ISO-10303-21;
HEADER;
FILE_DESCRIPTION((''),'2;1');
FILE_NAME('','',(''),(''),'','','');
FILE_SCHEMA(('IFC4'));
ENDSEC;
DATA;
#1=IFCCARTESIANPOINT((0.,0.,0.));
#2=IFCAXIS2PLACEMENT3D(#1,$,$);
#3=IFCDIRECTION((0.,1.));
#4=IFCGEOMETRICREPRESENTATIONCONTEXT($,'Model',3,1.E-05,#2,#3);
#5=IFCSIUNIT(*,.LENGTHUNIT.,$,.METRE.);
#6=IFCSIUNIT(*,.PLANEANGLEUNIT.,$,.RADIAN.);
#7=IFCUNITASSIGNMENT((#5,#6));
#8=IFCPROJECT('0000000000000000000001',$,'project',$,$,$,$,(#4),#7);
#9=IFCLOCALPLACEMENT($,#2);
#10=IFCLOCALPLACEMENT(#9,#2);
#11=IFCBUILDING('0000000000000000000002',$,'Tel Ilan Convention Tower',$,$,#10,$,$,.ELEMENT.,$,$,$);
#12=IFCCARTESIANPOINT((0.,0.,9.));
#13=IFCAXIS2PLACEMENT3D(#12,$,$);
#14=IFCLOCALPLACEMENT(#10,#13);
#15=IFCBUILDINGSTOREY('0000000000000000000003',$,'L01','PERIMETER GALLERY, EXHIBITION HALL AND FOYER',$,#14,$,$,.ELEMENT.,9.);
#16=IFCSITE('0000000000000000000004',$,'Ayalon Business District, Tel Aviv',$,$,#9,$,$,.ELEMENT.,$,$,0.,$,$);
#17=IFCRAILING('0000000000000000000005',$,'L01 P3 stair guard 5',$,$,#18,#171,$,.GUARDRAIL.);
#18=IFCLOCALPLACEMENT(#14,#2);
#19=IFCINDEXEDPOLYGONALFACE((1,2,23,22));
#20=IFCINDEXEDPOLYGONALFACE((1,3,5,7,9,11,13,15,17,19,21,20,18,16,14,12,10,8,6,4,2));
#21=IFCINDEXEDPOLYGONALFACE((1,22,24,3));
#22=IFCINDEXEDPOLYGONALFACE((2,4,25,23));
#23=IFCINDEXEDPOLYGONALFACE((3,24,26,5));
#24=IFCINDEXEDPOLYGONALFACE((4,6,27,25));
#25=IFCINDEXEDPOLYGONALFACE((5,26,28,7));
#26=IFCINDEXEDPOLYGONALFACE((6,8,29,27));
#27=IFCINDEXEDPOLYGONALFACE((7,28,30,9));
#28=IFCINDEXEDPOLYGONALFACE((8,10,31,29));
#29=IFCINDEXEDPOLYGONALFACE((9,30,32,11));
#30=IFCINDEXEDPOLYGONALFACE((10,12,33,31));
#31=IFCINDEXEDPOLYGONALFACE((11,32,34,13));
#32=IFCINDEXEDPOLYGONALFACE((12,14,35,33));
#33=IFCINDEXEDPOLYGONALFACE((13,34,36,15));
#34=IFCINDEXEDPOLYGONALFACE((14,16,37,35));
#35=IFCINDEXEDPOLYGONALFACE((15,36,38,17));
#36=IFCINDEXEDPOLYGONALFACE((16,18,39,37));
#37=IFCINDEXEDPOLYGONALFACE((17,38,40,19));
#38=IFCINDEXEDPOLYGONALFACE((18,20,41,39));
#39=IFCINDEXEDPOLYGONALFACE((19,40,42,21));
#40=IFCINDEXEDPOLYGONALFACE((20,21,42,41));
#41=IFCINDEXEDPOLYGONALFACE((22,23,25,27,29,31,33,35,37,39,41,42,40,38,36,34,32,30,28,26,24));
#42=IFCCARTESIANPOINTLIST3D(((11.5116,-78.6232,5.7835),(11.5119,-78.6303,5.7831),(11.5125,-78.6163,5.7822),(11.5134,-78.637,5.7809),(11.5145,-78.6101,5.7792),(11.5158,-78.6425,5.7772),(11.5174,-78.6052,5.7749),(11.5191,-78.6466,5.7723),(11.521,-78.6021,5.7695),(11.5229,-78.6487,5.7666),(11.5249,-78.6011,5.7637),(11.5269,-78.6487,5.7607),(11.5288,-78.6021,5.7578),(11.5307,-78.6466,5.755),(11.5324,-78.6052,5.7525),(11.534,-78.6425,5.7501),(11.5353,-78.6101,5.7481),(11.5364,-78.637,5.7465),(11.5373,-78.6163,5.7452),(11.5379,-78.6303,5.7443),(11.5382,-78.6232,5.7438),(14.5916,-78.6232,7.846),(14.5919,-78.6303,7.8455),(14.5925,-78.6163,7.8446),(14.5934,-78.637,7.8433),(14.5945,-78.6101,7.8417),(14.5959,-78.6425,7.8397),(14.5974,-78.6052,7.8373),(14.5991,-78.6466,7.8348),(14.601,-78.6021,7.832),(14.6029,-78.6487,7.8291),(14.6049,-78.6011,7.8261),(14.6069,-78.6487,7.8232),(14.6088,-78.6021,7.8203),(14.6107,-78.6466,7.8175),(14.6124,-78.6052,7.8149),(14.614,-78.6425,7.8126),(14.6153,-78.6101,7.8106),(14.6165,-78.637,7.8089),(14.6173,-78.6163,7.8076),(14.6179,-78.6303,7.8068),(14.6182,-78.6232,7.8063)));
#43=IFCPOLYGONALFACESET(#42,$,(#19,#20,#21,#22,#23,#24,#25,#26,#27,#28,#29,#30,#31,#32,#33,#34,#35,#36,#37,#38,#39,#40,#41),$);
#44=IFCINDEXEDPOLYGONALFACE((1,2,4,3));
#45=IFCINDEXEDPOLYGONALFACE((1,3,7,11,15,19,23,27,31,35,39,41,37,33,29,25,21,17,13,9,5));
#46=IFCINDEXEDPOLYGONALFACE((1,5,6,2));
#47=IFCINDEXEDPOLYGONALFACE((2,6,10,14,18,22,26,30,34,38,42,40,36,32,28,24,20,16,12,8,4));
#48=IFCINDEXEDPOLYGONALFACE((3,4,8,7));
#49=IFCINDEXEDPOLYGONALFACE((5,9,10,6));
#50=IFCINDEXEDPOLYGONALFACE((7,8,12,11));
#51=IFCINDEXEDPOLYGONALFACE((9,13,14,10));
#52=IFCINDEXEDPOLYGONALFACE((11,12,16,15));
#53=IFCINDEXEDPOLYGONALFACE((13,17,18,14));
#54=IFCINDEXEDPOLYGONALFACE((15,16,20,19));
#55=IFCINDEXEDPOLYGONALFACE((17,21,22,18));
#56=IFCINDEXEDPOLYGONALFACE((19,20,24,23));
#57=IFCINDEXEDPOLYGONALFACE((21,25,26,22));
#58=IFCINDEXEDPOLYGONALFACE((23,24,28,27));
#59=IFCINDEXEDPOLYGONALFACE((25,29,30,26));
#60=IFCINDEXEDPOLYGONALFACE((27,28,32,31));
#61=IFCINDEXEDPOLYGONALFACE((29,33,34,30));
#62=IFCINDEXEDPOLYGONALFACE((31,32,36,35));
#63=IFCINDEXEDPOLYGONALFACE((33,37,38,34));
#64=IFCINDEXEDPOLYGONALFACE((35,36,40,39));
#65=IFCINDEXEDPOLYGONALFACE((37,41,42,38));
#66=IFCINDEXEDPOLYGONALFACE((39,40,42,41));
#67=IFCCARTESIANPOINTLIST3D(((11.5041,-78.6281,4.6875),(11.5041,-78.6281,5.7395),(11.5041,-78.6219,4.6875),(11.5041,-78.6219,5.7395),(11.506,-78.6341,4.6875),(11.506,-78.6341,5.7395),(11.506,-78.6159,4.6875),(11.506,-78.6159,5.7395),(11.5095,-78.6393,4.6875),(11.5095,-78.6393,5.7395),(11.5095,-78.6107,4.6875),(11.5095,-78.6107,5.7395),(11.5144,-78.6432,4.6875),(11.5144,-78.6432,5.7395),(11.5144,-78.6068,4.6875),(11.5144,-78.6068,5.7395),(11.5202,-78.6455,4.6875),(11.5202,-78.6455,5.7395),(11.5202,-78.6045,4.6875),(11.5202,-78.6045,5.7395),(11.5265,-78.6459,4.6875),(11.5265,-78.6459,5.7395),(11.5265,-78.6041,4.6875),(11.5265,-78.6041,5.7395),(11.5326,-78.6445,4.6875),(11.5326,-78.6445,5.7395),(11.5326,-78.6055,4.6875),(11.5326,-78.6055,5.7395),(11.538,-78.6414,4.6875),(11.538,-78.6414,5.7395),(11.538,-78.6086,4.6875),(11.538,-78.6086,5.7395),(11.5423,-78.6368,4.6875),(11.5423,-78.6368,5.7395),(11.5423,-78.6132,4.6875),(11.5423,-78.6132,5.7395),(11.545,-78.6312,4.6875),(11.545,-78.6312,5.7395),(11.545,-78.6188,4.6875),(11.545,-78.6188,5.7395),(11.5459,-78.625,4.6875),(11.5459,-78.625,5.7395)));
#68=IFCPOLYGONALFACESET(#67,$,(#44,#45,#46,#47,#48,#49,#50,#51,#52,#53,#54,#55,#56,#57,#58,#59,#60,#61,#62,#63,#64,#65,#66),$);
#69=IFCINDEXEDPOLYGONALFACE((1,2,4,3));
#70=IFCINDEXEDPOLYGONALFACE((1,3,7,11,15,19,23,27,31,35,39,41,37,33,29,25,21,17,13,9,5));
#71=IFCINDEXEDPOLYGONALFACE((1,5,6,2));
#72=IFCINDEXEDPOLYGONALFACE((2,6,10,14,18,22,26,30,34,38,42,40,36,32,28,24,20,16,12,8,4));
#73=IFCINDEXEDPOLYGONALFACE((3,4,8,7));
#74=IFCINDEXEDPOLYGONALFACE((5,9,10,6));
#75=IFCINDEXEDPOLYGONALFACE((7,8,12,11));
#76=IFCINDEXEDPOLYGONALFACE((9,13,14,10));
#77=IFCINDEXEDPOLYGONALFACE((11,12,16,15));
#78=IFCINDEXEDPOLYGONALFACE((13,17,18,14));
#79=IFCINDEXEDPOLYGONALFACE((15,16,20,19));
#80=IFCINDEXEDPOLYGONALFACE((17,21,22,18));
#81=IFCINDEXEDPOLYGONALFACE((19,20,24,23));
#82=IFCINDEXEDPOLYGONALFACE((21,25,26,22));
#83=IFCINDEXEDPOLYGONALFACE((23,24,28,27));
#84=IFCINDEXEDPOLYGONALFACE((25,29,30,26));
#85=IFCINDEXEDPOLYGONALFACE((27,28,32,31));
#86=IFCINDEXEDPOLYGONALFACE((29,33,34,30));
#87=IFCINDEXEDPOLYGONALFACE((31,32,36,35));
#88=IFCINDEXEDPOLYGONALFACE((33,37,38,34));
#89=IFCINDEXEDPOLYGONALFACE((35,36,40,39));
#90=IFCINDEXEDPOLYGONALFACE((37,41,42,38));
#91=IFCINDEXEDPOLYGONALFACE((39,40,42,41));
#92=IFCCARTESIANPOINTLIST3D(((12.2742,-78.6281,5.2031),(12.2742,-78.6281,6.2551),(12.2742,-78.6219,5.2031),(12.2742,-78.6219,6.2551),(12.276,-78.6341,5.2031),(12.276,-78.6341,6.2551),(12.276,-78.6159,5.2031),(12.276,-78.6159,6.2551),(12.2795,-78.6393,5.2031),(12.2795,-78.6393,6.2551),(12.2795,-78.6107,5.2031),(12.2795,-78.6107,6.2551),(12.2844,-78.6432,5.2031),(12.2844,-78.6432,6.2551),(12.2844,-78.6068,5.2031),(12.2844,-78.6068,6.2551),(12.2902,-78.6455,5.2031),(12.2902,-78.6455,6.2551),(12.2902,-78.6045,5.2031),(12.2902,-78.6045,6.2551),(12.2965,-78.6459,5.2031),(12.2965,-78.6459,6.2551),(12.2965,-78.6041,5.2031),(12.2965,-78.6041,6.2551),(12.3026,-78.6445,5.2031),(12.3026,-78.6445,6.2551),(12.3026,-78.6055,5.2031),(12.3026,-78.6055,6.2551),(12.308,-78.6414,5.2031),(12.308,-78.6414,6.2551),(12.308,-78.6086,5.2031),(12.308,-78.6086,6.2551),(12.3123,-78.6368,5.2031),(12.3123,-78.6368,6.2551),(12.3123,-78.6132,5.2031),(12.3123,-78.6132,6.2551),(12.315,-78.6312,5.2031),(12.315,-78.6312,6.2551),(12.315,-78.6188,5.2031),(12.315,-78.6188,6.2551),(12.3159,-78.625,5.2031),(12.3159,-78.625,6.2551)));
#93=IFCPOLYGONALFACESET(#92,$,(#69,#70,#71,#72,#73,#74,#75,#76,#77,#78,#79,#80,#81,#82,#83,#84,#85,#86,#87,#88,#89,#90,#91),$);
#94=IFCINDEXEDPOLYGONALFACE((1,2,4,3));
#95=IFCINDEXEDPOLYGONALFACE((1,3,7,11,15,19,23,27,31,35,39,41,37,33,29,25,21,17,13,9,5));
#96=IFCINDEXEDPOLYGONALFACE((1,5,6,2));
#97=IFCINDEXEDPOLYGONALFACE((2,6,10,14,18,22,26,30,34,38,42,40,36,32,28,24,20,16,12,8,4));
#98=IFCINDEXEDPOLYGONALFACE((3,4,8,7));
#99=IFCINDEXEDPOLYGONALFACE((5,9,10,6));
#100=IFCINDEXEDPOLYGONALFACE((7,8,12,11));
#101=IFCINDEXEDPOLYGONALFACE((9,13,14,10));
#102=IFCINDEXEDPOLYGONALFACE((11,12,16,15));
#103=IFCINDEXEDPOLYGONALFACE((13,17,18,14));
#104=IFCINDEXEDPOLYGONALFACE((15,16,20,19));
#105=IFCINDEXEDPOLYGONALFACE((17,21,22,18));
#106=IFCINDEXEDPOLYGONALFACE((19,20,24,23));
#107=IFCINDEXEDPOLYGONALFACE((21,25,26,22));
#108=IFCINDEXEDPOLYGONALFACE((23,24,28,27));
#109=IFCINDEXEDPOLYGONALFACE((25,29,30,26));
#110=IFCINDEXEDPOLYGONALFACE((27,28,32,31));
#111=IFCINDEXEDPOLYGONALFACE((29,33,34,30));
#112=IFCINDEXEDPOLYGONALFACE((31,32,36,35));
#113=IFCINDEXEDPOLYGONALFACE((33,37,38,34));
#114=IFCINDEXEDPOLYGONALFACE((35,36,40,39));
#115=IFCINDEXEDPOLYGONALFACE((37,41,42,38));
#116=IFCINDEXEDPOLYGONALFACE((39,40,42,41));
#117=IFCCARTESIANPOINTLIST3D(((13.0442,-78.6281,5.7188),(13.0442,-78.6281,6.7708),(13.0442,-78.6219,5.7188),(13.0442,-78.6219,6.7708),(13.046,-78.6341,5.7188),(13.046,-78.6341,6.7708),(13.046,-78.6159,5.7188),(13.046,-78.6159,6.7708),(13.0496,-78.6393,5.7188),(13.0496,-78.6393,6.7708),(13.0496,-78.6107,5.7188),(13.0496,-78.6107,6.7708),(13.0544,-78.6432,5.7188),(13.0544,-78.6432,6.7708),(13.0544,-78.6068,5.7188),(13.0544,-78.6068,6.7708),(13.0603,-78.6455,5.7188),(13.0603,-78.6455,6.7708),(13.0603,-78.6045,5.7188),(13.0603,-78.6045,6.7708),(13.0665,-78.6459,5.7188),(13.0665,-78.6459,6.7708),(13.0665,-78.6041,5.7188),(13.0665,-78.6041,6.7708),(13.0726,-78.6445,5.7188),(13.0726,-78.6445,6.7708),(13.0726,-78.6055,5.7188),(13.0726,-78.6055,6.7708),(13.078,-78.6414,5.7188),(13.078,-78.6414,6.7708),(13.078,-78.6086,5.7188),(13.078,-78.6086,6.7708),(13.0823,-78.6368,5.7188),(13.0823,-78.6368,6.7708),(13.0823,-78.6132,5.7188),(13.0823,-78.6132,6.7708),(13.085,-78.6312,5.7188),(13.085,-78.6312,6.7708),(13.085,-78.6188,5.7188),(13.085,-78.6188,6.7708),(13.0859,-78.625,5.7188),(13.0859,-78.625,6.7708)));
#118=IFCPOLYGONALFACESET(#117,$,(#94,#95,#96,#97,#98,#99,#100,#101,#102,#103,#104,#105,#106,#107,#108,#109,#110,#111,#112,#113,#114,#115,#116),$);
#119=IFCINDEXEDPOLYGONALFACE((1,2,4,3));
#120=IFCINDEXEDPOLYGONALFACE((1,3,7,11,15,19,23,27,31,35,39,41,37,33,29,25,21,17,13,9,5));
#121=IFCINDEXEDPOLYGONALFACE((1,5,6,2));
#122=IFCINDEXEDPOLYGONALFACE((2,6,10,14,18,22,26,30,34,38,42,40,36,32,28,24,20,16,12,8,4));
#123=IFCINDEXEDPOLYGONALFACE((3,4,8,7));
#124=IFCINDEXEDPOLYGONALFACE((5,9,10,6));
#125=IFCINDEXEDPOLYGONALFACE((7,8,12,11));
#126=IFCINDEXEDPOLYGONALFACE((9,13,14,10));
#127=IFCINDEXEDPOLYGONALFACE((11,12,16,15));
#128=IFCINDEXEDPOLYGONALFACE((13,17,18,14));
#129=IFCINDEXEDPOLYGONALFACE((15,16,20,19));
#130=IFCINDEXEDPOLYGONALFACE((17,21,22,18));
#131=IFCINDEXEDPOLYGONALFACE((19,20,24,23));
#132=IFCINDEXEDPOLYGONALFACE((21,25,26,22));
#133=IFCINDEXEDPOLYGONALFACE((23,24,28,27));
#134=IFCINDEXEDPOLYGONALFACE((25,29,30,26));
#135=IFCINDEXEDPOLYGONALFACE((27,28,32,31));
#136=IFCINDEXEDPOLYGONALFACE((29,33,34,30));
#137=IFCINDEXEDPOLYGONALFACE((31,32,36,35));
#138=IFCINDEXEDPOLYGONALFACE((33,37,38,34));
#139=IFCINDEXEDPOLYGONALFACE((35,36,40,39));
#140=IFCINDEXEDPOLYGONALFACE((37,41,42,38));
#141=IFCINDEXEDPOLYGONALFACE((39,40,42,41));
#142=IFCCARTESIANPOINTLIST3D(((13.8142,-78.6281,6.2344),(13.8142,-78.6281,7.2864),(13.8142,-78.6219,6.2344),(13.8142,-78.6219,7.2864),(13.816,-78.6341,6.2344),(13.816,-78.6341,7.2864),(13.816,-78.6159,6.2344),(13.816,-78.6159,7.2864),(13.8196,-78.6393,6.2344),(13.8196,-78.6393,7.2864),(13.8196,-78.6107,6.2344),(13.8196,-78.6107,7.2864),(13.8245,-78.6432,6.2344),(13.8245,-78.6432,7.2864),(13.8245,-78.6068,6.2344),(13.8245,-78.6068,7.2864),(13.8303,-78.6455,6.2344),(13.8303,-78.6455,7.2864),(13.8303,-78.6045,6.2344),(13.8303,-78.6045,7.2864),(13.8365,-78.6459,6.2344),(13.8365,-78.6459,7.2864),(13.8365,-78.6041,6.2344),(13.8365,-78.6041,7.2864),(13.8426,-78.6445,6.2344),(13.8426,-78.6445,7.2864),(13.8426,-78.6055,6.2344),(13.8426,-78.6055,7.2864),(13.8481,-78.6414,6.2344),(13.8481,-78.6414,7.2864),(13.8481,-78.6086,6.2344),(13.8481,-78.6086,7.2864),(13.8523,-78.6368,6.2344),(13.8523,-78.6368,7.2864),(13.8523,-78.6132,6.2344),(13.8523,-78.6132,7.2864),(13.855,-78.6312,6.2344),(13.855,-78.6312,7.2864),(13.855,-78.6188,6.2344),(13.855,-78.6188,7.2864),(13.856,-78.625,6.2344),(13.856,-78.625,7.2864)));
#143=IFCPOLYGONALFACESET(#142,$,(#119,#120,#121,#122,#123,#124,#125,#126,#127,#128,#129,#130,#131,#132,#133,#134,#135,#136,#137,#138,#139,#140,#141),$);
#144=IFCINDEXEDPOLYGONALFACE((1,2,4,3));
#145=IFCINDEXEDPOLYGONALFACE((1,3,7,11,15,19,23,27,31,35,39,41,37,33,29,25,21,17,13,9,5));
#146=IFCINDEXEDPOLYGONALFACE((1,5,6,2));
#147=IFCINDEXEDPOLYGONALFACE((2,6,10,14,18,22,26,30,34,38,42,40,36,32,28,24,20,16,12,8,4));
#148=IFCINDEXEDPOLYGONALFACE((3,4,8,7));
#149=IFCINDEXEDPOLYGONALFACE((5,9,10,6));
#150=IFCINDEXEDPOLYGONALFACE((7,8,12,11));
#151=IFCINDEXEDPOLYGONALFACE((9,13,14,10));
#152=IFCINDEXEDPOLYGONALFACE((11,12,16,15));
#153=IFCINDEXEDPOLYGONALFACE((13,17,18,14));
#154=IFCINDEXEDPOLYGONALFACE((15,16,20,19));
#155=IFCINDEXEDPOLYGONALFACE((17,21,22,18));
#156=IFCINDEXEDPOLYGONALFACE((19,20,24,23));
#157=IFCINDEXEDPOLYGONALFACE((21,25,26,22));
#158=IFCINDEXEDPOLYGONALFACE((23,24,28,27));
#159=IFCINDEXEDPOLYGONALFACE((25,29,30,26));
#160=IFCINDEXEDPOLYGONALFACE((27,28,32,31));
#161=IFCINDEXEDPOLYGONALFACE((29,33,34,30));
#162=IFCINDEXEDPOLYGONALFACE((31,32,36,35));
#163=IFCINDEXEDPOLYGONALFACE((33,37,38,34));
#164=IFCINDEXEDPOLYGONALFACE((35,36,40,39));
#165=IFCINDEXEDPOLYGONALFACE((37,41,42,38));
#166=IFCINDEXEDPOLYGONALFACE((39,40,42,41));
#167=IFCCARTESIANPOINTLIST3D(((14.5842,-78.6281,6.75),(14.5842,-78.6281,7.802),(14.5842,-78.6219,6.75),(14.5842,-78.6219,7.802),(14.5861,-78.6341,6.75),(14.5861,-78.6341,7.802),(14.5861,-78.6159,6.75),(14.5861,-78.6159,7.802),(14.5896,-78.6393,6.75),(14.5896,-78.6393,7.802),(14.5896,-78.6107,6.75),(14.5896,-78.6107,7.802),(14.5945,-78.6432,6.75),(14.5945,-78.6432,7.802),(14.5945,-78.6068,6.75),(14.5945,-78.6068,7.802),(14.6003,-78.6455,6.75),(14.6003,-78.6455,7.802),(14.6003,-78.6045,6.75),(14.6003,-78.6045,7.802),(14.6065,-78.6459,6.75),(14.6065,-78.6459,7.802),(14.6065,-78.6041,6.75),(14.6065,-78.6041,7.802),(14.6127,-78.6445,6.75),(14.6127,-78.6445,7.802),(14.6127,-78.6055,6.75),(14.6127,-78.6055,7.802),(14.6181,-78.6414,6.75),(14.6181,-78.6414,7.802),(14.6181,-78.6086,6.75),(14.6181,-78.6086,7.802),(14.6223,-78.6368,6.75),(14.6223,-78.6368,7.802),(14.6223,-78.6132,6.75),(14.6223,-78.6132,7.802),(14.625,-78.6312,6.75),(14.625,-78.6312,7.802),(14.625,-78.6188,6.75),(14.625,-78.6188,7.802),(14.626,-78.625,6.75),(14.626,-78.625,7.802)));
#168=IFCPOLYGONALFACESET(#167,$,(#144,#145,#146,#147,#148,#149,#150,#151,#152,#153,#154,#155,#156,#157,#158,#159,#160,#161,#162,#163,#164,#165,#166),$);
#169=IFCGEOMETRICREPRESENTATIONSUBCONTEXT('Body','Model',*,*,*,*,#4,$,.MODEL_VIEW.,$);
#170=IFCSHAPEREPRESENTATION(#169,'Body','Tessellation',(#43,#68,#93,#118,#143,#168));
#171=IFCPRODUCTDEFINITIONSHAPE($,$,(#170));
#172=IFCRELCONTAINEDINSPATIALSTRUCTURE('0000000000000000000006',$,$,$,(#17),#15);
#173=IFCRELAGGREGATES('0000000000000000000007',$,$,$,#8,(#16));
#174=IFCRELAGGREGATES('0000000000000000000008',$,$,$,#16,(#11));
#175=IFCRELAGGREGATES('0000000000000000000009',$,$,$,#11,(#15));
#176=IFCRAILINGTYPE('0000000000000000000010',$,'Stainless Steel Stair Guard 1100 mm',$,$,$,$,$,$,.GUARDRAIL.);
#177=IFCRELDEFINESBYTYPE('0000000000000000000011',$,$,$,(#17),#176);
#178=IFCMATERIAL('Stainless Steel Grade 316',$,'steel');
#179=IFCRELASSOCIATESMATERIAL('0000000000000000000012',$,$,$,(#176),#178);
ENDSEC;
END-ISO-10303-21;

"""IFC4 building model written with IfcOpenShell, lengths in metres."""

from ifc_helpers import new_model, si_unit, direction, frame, origin, origin_2d, place, context, subcontext, project, spatial, circle, extrude, material, type_object, element, save


model = new_model("IFC4")

# Units and contexts
model_context = context("Model", 3, precision=1e-05, world=origin(), true_north=direction((0.0, 1.0)))
body_context = subcontext(model_context, "Body", "Model", "MODEL_VIEW")
ifc_project = project(units=[si_unit("LENGTHUNIT", "METRE"), si_unit("PLANEANGLEUNIT", "RADIAN")], contexts=[model_context])

# Site, building, storey
site_placement = place(None, origin())
site = spatial("IfcSite", under=ifc_project, at=site_placement, Name="Ayalon Business District, Tel Aviv", CompositionType="ELEMENT", RefElevation=0.0)
building_placement = place(site_placement, origin())
building = spatial("IfcBuilding", under=site, at=building_placement, Name="Tel Ilan Convention Tower", CompositionType="ELEMENT")
storey_placement = place(building_placement, frame((0.0, 0.0, 9.0)))
storey = spatial("IfcBuildingStorey", under=building, at=storey_placement, Name="L01", Description="PERIMETER GALLERY, EXHIBITION HALL AND FOYER", CompositionType="ELEMENT", Elevation=9.0)

# Railing
ifc_material_1 = material(Name="Stainless Steel Grade 316", Category="steel")
railing_type_1 = type_object("IfcRailingType", Name="Stainless Steel Stair Guard 1100 mm", PredefinedType="GUARDRAIL", material=ifc_material_1)
railing_1_placement = place(storey_placement, frame((11.5249, -78.625, 4.6875)))
element("IfcRailing", 1, at=railing_1_placement, inside=storey, type_object=railing_type_1, Name="L01 P3 stair guard 5", PredefinedType="GUARDRAIL", context=body_context, shape_type="SweptSolid", body=[
    extrude(circle(Radius=0.0239, at=origin_2d()), frame((0.0, 0.0, 1.0762), z_axis=(0.830914, 0.0, 0.556401), x_axis=(0.0, 1.0, 0.0)), (0.0, 0.0, 1.0), 3.7068),
    extrude(circle(Radius=0.021, at=origin_2d()), origin(), (0.0, 0.0, 1.0), 1.052),
    extrude(circle(Radius=0.021, at=origin_2d()), frame((0.77, 0.0, 0.5156)), (0.0, 0.0, 1.0), 1.052),
    extrude(circle(Radius=0.021, at=origin_2d()), frame((1.54, 0.0, 1.0312)), (0.0, 0.0, 1.0), 1.052),
    extrude(circle(Radius=0.021, at=origin_2d()), frame((2.3101, 0.0, 1.5469)), (0.0, 0.0, 1.0), 1.052),
    extrude(circle(Radius=0.021, at=origin_2d()), frame((3.0801, 0.0, 2.0625)), (0.0, 0.0, 1.0), 1.052),
])

save(model, "model.ifc")
